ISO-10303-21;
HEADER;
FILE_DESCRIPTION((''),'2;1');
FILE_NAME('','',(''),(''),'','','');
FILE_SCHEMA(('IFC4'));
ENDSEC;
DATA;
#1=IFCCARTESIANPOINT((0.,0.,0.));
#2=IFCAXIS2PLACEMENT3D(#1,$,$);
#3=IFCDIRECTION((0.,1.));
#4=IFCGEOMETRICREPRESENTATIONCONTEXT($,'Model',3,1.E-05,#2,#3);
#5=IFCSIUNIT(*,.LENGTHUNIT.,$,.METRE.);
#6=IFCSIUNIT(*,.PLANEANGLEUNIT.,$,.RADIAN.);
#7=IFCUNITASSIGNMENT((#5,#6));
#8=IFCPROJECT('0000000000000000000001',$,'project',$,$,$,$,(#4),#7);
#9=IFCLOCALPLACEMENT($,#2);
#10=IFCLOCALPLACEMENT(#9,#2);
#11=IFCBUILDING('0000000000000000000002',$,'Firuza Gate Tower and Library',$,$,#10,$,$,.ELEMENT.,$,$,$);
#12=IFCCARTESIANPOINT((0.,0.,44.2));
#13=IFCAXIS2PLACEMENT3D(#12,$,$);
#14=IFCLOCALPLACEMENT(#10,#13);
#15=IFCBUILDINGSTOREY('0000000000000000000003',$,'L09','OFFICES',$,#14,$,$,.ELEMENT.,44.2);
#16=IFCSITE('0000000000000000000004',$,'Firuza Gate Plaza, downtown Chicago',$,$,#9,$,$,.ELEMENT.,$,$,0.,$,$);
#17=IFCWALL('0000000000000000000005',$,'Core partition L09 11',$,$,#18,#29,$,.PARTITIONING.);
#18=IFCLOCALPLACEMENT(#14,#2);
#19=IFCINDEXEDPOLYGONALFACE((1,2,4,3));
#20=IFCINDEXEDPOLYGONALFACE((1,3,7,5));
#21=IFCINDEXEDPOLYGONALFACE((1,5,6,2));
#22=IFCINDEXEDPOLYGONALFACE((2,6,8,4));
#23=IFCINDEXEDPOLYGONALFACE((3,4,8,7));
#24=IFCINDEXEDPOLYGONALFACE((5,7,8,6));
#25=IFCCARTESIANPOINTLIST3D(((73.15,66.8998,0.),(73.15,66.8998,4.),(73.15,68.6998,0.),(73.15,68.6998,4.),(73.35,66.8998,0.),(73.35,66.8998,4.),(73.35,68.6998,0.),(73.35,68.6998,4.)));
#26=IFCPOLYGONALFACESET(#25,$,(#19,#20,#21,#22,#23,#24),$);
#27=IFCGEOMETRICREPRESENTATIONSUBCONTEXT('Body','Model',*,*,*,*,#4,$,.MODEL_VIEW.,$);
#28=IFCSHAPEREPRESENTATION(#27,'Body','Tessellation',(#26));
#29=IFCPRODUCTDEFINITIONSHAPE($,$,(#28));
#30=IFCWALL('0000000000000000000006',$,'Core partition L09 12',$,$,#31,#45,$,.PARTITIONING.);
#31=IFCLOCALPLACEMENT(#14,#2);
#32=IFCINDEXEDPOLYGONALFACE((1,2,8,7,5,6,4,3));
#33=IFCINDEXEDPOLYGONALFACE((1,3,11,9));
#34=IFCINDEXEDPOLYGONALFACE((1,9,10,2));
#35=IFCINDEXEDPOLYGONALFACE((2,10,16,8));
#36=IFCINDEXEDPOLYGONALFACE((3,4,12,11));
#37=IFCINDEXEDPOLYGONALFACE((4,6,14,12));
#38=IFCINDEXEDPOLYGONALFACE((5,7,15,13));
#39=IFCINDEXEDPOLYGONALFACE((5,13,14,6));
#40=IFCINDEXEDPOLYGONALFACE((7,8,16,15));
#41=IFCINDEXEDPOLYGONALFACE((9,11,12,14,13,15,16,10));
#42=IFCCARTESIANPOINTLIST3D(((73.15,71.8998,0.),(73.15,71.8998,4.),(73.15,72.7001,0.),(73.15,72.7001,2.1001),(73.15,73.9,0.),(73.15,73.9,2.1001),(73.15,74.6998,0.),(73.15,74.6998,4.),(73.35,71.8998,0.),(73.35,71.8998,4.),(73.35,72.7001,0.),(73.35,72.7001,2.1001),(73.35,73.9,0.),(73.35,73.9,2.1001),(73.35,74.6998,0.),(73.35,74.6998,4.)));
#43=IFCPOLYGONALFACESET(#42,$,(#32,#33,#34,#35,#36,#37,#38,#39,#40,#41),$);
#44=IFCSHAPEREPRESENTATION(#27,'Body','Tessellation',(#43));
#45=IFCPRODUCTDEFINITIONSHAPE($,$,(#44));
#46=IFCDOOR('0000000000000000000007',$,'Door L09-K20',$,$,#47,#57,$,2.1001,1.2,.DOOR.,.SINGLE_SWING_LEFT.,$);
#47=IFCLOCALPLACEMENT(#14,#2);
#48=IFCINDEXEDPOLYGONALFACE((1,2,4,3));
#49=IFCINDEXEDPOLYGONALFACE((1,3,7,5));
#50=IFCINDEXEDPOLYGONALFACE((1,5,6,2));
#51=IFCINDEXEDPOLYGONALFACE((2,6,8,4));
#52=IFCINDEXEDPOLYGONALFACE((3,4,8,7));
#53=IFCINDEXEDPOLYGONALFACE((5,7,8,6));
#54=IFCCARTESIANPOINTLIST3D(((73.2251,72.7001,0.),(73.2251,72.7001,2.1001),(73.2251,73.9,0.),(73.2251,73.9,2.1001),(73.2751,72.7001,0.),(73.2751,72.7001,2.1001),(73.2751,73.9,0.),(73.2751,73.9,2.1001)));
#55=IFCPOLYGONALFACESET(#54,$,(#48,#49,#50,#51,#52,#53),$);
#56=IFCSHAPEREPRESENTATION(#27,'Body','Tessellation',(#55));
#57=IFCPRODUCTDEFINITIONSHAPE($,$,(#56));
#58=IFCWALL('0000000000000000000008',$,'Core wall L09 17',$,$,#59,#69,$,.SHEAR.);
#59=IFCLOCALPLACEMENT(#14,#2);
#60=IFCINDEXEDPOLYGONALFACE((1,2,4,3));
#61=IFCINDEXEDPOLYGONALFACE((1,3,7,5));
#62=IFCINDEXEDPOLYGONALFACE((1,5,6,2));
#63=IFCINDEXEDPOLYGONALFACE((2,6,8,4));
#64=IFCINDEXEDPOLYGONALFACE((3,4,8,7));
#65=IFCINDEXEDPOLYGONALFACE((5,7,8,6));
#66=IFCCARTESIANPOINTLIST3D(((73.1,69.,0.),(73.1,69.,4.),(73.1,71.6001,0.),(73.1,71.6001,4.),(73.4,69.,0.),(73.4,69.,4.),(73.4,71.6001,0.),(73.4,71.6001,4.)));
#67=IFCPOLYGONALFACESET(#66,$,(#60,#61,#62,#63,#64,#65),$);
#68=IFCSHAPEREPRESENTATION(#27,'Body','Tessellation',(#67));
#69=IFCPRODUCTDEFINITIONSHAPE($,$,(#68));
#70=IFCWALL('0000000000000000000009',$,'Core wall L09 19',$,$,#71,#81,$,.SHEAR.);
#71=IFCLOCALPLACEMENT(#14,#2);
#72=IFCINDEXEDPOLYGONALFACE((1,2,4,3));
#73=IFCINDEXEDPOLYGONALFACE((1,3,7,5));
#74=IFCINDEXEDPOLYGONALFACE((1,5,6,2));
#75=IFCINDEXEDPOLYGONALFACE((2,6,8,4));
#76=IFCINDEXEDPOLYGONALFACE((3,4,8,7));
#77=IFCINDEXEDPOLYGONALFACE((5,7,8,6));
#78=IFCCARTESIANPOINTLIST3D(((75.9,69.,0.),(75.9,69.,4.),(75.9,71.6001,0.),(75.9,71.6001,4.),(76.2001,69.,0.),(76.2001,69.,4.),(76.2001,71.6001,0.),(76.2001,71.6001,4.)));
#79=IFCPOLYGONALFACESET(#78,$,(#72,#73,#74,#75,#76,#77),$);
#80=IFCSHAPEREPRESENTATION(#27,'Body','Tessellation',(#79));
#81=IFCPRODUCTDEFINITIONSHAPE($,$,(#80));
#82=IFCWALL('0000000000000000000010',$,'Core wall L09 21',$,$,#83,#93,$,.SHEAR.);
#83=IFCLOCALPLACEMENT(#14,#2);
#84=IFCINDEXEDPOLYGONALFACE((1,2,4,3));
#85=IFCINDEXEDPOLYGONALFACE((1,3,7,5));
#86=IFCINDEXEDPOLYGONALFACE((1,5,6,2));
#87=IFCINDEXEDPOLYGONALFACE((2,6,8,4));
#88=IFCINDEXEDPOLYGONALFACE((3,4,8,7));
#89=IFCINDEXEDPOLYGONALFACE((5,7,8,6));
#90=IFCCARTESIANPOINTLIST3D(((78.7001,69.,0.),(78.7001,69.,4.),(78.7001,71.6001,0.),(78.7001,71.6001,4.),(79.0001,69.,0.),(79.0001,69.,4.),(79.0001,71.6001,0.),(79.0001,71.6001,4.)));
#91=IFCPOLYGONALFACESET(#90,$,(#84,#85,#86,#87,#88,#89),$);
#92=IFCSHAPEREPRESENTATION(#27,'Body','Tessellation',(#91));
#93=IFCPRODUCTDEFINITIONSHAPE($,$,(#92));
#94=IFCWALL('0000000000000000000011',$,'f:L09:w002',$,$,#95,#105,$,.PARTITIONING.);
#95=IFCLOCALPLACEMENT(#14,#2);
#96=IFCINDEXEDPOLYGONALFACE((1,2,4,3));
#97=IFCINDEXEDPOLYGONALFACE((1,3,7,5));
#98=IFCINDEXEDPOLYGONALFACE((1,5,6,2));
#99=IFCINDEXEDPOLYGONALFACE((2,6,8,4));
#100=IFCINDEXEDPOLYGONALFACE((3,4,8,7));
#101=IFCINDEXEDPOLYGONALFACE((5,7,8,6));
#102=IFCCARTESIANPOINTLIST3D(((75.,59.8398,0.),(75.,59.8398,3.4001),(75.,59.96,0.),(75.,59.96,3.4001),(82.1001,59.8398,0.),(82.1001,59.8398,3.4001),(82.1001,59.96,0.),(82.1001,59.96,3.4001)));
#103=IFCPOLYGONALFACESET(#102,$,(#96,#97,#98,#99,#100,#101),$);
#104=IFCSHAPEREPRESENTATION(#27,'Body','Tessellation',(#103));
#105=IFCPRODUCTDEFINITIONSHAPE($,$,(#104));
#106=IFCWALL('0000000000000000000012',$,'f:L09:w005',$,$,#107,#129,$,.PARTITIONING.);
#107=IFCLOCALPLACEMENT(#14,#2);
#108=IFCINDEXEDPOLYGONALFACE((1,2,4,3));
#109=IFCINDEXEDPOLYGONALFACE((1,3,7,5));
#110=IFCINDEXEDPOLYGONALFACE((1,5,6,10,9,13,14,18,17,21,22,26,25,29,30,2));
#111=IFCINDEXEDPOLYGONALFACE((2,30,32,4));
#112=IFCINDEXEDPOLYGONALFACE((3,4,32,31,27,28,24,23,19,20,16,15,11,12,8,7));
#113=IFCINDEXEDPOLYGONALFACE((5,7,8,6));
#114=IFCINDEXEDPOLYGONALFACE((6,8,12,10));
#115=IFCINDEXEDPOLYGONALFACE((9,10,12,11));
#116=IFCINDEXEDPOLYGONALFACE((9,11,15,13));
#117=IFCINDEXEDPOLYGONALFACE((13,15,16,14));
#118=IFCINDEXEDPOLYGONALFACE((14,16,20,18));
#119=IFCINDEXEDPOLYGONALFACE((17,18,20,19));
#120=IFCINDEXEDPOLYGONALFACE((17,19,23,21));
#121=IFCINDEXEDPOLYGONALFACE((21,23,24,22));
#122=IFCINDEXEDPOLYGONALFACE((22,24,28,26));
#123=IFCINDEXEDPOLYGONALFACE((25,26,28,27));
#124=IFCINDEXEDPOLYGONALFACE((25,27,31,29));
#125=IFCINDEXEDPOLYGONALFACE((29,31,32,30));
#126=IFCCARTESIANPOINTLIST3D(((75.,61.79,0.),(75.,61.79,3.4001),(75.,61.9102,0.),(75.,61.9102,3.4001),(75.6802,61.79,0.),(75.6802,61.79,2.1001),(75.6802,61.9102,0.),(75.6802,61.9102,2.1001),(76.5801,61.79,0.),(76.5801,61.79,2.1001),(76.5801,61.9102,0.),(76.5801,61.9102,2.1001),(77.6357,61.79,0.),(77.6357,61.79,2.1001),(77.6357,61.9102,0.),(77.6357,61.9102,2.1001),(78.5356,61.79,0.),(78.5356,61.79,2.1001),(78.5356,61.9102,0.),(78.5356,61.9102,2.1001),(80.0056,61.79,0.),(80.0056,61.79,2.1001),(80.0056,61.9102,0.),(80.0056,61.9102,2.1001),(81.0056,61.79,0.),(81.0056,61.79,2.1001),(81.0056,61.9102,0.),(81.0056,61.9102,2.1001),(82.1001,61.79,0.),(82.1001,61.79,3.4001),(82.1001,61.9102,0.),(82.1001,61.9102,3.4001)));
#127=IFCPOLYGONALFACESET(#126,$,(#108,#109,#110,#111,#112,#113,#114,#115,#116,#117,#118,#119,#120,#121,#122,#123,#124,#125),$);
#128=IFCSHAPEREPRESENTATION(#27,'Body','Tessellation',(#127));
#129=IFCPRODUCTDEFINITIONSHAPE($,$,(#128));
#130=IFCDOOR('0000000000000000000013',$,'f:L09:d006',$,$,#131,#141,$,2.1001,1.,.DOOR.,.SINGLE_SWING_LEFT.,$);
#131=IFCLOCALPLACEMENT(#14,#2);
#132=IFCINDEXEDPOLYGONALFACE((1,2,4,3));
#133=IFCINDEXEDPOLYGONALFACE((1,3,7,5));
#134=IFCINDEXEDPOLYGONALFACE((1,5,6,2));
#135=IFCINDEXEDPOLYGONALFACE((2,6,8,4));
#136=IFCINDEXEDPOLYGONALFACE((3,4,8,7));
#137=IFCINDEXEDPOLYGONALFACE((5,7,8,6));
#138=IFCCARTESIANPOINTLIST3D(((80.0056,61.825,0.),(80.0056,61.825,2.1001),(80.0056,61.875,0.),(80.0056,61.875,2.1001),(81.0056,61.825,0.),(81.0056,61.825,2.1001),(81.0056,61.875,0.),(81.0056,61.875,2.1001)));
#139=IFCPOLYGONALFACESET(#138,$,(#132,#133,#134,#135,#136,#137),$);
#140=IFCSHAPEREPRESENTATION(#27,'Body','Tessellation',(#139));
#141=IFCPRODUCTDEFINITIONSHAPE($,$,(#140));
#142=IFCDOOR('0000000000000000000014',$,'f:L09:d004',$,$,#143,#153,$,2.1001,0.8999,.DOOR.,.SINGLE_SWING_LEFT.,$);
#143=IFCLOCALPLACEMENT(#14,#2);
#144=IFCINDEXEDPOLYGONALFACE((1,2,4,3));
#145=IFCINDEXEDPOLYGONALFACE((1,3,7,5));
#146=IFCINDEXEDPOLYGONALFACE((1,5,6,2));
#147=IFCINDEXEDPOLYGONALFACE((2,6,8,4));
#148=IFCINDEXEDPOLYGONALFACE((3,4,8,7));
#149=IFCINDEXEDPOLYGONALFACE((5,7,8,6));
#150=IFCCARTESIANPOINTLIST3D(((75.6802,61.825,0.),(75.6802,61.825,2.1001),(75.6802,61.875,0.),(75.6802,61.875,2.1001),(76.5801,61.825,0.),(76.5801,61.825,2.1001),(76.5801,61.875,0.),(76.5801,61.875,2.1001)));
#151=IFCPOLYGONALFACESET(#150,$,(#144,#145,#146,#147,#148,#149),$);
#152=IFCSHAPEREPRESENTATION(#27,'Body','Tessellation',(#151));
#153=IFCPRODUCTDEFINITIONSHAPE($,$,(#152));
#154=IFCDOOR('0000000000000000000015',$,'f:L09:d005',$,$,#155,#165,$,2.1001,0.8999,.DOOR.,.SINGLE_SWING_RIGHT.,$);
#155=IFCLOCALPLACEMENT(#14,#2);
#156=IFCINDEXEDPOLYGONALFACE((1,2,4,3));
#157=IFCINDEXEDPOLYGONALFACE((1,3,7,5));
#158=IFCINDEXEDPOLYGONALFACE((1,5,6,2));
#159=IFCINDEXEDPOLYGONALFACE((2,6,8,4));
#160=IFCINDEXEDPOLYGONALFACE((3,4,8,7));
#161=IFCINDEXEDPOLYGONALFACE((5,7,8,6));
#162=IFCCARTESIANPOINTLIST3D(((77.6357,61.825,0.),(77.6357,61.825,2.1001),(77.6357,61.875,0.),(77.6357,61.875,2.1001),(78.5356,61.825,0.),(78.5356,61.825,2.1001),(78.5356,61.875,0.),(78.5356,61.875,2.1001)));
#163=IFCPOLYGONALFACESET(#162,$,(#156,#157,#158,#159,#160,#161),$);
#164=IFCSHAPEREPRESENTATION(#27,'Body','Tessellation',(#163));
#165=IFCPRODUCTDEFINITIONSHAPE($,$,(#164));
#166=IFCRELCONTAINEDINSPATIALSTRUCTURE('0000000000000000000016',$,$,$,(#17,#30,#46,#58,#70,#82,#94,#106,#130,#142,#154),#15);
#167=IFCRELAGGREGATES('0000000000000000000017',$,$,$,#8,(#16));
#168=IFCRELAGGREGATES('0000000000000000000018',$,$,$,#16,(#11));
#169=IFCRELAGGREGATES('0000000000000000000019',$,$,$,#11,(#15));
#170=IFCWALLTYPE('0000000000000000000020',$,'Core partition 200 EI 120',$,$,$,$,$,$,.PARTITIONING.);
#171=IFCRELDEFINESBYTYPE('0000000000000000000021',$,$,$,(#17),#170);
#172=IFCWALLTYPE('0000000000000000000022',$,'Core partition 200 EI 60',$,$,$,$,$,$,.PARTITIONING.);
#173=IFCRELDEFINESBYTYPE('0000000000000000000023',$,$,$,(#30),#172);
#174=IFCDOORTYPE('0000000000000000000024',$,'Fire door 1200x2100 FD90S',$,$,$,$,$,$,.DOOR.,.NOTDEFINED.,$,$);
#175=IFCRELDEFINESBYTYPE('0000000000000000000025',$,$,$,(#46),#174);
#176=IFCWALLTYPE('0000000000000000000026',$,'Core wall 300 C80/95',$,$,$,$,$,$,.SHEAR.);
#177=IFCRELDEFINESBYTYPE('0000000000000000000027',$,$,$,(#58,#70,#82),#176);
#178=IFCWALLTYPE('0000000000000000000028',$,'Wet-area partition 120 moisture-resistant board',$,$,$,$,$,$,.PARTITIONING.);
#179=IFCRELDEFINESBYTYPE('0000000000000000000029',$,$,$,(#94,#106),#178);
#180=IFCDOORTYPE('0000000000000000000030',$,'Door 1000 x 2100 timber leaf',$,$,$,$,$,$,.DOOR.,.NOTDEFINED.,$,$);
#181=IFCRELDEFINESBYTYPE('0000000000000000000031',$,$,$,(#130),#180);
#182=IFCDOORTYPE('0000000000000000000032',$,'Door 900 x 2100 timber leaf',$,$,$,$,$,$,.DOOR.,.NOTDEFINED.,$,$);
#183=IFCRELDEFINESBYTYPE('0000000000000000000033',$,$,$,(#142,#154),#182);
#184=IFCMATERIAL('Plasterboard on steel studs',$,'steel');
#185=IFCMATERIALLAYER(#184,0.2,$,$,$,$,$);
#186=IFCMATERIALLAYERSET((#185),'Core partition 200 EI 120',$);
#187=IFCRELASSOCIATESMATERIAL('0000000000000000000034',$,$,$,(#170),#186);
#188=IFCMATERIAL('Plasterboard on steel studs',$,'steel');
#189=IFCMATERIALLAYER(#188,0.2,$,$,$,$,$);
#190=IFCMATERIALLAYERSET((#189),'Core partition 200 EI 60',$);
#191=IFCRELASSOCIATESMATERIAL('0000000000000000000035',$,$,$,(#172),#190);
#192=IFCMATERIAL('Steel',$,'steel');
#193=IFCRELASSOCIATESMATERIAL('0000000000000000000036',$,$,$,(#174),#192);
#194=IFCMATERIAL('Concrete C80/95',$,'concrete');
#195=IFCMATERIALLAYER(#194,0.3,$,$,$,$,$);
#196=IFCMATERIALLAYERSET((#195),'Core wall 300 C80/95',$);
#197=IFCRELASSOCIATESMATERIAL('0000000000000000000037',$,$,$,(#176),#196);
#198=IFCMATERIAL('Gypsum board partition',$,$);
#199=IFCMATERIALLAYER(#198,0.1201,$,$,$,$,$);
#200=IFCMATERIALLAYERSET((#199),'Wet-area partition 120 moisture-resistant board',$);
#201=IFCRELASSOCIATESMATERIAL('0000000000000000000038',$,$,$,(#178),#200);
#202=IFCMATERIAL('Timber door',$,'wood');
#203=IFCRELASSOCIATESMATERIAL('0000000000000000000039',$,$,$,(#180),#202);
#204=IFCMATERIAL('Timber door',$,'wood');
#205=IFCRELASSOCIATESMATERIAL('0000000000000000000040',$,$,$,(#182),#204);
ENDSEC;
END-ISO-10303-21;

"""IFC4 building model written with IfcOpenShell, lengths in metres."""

from ifc_helpers import new_model, si_unit, direction, frame, frame_2d, origin, place, context, subcontext, project, spatial, rectangle, extrude, material, layer, layer_set, type_object, element, fill, save


model = new_model("IFC4")

# Units and contexts
model_context = context("Model", 3, precision=1e-05, world=origin(), true_north=direction((0.0, 1.0)))
body_context = subcontext(model_context, "Body", "Model", "MODEL_VIEW")
ifc_project = project(units=[si_unit("LENGTHUNIT", "METRE"), si_unit("PLANEANGLEUNIT", "RADIAN")], contexts=[model_context])

# Site, building, storey
site_placement = place(None, origin())
site = spatial("IfcSite", under=ifc_project, at=site_placement, Name="Firuza Gate Plaza, downtown Chicago", CompositionType="ELEMENT", RefElevation=0.0)
building_placement = place(site_placement, origin())
building = spatial("IfcBuilding", under=site, at=building_placement, Name="Firuza Gate Tower and Library", CompositionType="ELEMENT")
storey_placement = place(building_placement, frame((0.0, 0.0, 44.2)))
storey = spatial("IfcBuildingStorey", under=building, at=storey_placement, Name="L09", Description="OFFICES", CompositionType="ELEMENT", Elevation=44.2)

# Wall
ifc_material_1 = material(Name="Plasterboard on steel studs", Category="steel")
ifc_layer_1 = layer(ifc_material_1, 0.2)
ifc_layer_set_1 = layer_set([ifc_layer_1], Name="Core partition 200 EI 120")
wall_type_1 = type_object("IfcWallType", Name="Core partition 200 EI 120", PredefinedType="PARTITIONING", material=ifc_layer_set_1)
wall_1_placement = place(storey_placement, frame((73.25, 66.8999, 0.0), z_axis=(0.0, 0.0, 1.0), x_axis=(0.0, 1.0, 0.0)))
element("IfcWall", 1, at=wall_1_placement, inside=storey, type_object=wall_type_1, Name="Core partition L09 11", PredefinedType="PARTITIONING", context=body_context, shape_type="SweptSolid", body=[
    extrude(rectangle(XDim=1.8, YDim=0.2, at=frame_2d((0.8999, 0.0))), origin(), (0.0, 0.0, 1.0), 4.0),
])

# Wall, opening, door
ifc_material_2 = material(Name="Plasterboard on steel studs", Category="steel")
ifc_layer_2 = layer(ifc_material_2, 0.2)
ifc_layer_set_2 = layer_set([ifc_layer_2], Name="Core partition 200 EI 60")
wall_type_2 = type_object("IfcWallType", Name="Core partition 200 EI 60", PredefinedType="PARTITIONING", material=ifc_layer_set_2)
wall_2_placement = place(storey_placement, frame((73.25, 71.8999, 0.0), z_axis=(0.0, 0.0, 1.0), x_axis=(0.0, 1.0, 0.0)))
wall_2 = element("IfcWall", 2, at=wall_2_placement, inside=storey, type_object=wall_type_2, Name="Core partition L09 12", PredefinedType="PARTITIONING", context=body_context, shape_type="SweptSolid", body=[
    extrude(rectangle(XDim=2.8, YDim=0.2, at=frame_2d((1.3999, 0.0))), origin(), (0.0, 0.0, 1.0), 4.0),
])
opening_1_placement = place(wall_2_placement, frame((0.8, 0.0, 0.0)))
opening_1 = element("IfcOpeningElement", 3, at=opening_1_placement, cuts=wall_2, PredefinedType="OPENING", context=body_context, shape_type="SweptSolid", body=[
    extrude(rectangle(XDim=1.2, YDim=2.1001, at=frame_2d((0.6001, 1.05))), frame((0.0, 0.1099, 0.0), z_axis=(0.0, -1.0, 0.0), x_axis=(1.0, 0.0, 0.0)), (0.0, 0.0, 1.0), 0.22),
])
ifc_material_3 = material(Name="Steel", Category="steel")
door_type_1 = type_object("IfcDoorType", Name="Fire door 1200x2100 FD90S", OperationType="NOTDEFINED", PredefinedType="DOOR", material=ifc_material_3)
door_1_placement = place(opening_1_placement, origin())
door_1 = element("IfcDoor", 4, at=door_1_placement, inside=storey, type_object=door_type_1, Name="Door L09-K20", OperationType="SINGLE_SWING_LEFT", OverallHeight=2.1001, OverallWidth=1.2, PredefinedType="DOOR", context=body_context, shape_type="SweptSolid", body=[
    extrude(rectangle(XDim=1.2, YDim=2.1001, at=frame_2d((0.6001, 1.05))), frame((0.0, 0.0249, 0.0), z_axis=(0.0, -1.0, 0.0), x_axis=(1.0, 0.0, 0.0)), (0.0, 0.0, 1.0), 0.05),
])
fill(opening_1, door_1)

# Walls
ifc_material_4 = material(Name="Concrete C80/95", Category="concrete")
ifc_layer_3 = layer(ifc_material_4, 0.3)
ifc_layer_set_3 = layer_set([ifc_layer_3], Name="Core wall 300 C80/95")
wall_type_3 = type_object("IfcWallType", Name="Core wall 300 C80/95", PredefinedType="SHEAR", material=ifc_layer_set_3)
for number, where, z_axis, x_axis, name in (
    (5, (73.25, 69.0, 0.0), (0.0, 0.0, 1.0), (0.0, 1.0, 0.0), "Core wall L09 17"),
    (6, (76.05, 69.0, 0.0), (0.0, 0.0, 1.0), (0.0, 1.0, 0.0), "Core wall L09 19"),
    (7, (78.8501, 69.0, 0.0), (0.0, 0.0, 1.0), (0.0, 1.0, 0.0), "Core wall L09 21"),
):
    element("IfcWall", number, at=place(storey_placement, frame(where, z_axis=z_axis, x_axis=x_axis)), inside=storey, type_object=wall_type_3, Name=name, PredefinedType="SHEAR", context=body_context, shape_type="SweptSolid", body=[
        extrude(rectangle(XDim=2.6001, YDim=0.3, at=frame_2d((1.3, 0.0))), origin(), (0.0, 0.0, 1.0), 4.0),
    ])
ifc_material_5 = material(Name="Gypsum board partition")
ifc_layer_4 = layer(ifc_material_5, 0.1201)
ifc_layer_set_4 = layer_set([ifc_layer_4], Name="Wet-area partition 120 moisture-resistant board")
wall_type_4 = type_object("IfcWallType", Name="Wet-area partition 120 moisture-resistant board", PredefinedType="PARTITIONING", material=ifc_layer_set_4)
wall_3_placement = place(storey_placement, frame((75.0, 59.8999, 0.0), z_axis=(0.0, 0.0, 1.0), x_axis=(1.0, 0.0, 0.0)))
element("IfcWall", 8, at=wall_3_placement, inside=storey, type_object=wall_type_4, Name="f:L09:w002", PredefinedType="PARTITIONING", context=body_context, shape_type="SweptSolid", body=[
    extrude(rectangle(XDim=7.1001, YDim=0.1201, at=frame_2d((3.55, 0.0))), origin(), (0.0, 0.0, 1.0), 3.4001),
])

# Wall, openings, doors
wall_4_placement = place(storey_placement, frame((75.0, 61.8501, 0.0), z_axis=(0.0, 0.0, 1.0), x_axis=(1.0, 0.0, 0.0)))
wall_4 = element("IfcWall", 9, at=wall_4_placement, inside=storey, type_object=wall_type_4, Name="f:L09:w005", PredefinedType="PARTITIONING", context=body_context, shape_type="SweptSolid", body=[
    extrude(rectangle(XDim=7.1001, YDim=0.1201, at=frame_2d((3.55, 0.0))), origin(), (0.0, 0.0, 1.0), 3.4001),
])
opening_2_placement = place(wall_4_placement, frame((0.6802, 0.0, 0.0)))
opening_2 = element("IfcOpeningElement", 10, at=opening_2_placement, cuts=wall_4, PredefinedType="OPENING", context=body_context, shape_type="SweptSolid", body=[
    extrude(rectangle(XDim=0.8999, YDim=2.1001, at=frame_2d((0.45, 1.05))), frame((0.0, 0.0701, 0.0), z_axis=(0.0, -1.0, 0.0), x_axis=(1.0, 0.0, 0.0)), (0.0, 0.0, 1.0), 0.1401),
])
opening_3_placement = place(wall_4_placement, frame((2.6357, 0.0, 0.0)))
opening_3 = element("IfcOpeningElement", 11, at=opening_3_placement, cuts=wall_4, PredefinedType="OPENING", context=body_context, shape_type="SweptSolid", body=[
    extrude(rectangle(XDim=0.8999, YDim=2.1001, at=frame_2d((0.45, 1.05))), frame((0.0, 0.0701, 0.0), z_axis=(0.0, -1.0, 0.0), x_axis=(1.0, 0.0, 0.0)), (0.0, 0.0, 1.0), 0.1401),
])
opening_4_placement = place(wall_4_placement, frame((5.0056, 0.0, 0.0)))
opening_4 = element("IfcOpeningElement", 12, at=opening_4_placement, cuts=wall_4, PredefinedType="OPENING", context=body_context, shape_type="SweptSolid", body=[
    extrude(rectangle(XDim=1.0, YDim=2.1001, at=frame_2d((0.5, 1.05))), frame((0.0, 0.0701, 0.0), z_axis=(0.0, -1.0, 0.0), x_axis=(1.0, 0.0, 0.0)), (0.0, 0.0, 1.0), 0.1401),
])
ifc_material_6 = material(Name="Timber door", Category="wood")
door_type_2 = type_object("IfcDoorType", Name="Door 1000 x 2100 timber leaf", OperationType="NOTDEFINED", PredefinedType="DOOR", material=ifc_material_6)
door_2_placement = place(opening_4_placement, origin())
door_2 = element("IfcDoor", 13, at=door_2_placement, inside=storey, type_object=door_type_2, Name="f:L09:d006", OperationType="SINGLE_SWING_LEFT", OverallHeight=2.1001, OverallWidth=1.0, PredefinedType="DOOR", context=body_context, shape_type="SweptSolid", body=[
    extrude(rectangle(XDim=1.0, YDim=2.1001, at=frame_2d((0.5, 1.05))), frame((0.0, 0.0249, 0.0), z_axis=(0.0, -1.0, 0.0), x_axis=(1.0, 0.0, 0.0)), (0.0, 0.0, 1.0), 0.05),
])
fill(opening_4, door_2)
ifc_material_7 = material(Name="Timber door", Category="wood")
door_type_3 = type_object("IfcDoorType", Name="Door 900 x 2100 timber leaf", OperationType="NOTDEFINED", PredefinedType="DOOR", material=ifc_material_7)
door_3_placement = place(opening_2_placement, origin())
door_3 = element("IfcDoor", 14, at=door_3_placement, inside=storey, type_object=door_type_3, Name="f:L09:d004", OperationType="SINGLE_SWING_LEFT", OverallHeight=2.1001, OverallWidth=0.8999, PredefinedType="DOOR", context=body_context, shape_type="SweptSolid", body=[
    extrude(rectangle(XDim=0.8999, YDim=2.1001, at=frame_2d((0.45, 1.05))), frame((0.0, 0.0249, 0.0), z_axis=(0.0, -1.0, 0.0), x_axis=(1.0, 0.0, 0.0)), (0.0, 0.0, 1.0), 0.05),
])
fill(opening_2, door_3)
door_4_placement = place(opening_3_placement, origin())
door_4 = element("IfcDoor", 15, at=door_4_placement, inside=storey, type_object=door_type_3, Name="f:L09:d005", OperationType="SINGLE_SWING_RIGHT", OverallHeight=2.1001, OverallWidth=0.8999, PredefinedType="DOOR", context=body_context, shape_type="SweptSolid", body=[
    extrude(rectangle(XDim=0.8999, YDim=2.1001, at=frame_2d((0.45, 1.05))), frame((0.0, 0.0249, 0.0), z_axis=(0.0, -1.0, 0.0), x_axis=(1.0, 0.0, 0.0)), (0.0, 0.0, 1.0), 0.05),
])
fill(opening_3, door_4)

save(model, "model.ifc")
